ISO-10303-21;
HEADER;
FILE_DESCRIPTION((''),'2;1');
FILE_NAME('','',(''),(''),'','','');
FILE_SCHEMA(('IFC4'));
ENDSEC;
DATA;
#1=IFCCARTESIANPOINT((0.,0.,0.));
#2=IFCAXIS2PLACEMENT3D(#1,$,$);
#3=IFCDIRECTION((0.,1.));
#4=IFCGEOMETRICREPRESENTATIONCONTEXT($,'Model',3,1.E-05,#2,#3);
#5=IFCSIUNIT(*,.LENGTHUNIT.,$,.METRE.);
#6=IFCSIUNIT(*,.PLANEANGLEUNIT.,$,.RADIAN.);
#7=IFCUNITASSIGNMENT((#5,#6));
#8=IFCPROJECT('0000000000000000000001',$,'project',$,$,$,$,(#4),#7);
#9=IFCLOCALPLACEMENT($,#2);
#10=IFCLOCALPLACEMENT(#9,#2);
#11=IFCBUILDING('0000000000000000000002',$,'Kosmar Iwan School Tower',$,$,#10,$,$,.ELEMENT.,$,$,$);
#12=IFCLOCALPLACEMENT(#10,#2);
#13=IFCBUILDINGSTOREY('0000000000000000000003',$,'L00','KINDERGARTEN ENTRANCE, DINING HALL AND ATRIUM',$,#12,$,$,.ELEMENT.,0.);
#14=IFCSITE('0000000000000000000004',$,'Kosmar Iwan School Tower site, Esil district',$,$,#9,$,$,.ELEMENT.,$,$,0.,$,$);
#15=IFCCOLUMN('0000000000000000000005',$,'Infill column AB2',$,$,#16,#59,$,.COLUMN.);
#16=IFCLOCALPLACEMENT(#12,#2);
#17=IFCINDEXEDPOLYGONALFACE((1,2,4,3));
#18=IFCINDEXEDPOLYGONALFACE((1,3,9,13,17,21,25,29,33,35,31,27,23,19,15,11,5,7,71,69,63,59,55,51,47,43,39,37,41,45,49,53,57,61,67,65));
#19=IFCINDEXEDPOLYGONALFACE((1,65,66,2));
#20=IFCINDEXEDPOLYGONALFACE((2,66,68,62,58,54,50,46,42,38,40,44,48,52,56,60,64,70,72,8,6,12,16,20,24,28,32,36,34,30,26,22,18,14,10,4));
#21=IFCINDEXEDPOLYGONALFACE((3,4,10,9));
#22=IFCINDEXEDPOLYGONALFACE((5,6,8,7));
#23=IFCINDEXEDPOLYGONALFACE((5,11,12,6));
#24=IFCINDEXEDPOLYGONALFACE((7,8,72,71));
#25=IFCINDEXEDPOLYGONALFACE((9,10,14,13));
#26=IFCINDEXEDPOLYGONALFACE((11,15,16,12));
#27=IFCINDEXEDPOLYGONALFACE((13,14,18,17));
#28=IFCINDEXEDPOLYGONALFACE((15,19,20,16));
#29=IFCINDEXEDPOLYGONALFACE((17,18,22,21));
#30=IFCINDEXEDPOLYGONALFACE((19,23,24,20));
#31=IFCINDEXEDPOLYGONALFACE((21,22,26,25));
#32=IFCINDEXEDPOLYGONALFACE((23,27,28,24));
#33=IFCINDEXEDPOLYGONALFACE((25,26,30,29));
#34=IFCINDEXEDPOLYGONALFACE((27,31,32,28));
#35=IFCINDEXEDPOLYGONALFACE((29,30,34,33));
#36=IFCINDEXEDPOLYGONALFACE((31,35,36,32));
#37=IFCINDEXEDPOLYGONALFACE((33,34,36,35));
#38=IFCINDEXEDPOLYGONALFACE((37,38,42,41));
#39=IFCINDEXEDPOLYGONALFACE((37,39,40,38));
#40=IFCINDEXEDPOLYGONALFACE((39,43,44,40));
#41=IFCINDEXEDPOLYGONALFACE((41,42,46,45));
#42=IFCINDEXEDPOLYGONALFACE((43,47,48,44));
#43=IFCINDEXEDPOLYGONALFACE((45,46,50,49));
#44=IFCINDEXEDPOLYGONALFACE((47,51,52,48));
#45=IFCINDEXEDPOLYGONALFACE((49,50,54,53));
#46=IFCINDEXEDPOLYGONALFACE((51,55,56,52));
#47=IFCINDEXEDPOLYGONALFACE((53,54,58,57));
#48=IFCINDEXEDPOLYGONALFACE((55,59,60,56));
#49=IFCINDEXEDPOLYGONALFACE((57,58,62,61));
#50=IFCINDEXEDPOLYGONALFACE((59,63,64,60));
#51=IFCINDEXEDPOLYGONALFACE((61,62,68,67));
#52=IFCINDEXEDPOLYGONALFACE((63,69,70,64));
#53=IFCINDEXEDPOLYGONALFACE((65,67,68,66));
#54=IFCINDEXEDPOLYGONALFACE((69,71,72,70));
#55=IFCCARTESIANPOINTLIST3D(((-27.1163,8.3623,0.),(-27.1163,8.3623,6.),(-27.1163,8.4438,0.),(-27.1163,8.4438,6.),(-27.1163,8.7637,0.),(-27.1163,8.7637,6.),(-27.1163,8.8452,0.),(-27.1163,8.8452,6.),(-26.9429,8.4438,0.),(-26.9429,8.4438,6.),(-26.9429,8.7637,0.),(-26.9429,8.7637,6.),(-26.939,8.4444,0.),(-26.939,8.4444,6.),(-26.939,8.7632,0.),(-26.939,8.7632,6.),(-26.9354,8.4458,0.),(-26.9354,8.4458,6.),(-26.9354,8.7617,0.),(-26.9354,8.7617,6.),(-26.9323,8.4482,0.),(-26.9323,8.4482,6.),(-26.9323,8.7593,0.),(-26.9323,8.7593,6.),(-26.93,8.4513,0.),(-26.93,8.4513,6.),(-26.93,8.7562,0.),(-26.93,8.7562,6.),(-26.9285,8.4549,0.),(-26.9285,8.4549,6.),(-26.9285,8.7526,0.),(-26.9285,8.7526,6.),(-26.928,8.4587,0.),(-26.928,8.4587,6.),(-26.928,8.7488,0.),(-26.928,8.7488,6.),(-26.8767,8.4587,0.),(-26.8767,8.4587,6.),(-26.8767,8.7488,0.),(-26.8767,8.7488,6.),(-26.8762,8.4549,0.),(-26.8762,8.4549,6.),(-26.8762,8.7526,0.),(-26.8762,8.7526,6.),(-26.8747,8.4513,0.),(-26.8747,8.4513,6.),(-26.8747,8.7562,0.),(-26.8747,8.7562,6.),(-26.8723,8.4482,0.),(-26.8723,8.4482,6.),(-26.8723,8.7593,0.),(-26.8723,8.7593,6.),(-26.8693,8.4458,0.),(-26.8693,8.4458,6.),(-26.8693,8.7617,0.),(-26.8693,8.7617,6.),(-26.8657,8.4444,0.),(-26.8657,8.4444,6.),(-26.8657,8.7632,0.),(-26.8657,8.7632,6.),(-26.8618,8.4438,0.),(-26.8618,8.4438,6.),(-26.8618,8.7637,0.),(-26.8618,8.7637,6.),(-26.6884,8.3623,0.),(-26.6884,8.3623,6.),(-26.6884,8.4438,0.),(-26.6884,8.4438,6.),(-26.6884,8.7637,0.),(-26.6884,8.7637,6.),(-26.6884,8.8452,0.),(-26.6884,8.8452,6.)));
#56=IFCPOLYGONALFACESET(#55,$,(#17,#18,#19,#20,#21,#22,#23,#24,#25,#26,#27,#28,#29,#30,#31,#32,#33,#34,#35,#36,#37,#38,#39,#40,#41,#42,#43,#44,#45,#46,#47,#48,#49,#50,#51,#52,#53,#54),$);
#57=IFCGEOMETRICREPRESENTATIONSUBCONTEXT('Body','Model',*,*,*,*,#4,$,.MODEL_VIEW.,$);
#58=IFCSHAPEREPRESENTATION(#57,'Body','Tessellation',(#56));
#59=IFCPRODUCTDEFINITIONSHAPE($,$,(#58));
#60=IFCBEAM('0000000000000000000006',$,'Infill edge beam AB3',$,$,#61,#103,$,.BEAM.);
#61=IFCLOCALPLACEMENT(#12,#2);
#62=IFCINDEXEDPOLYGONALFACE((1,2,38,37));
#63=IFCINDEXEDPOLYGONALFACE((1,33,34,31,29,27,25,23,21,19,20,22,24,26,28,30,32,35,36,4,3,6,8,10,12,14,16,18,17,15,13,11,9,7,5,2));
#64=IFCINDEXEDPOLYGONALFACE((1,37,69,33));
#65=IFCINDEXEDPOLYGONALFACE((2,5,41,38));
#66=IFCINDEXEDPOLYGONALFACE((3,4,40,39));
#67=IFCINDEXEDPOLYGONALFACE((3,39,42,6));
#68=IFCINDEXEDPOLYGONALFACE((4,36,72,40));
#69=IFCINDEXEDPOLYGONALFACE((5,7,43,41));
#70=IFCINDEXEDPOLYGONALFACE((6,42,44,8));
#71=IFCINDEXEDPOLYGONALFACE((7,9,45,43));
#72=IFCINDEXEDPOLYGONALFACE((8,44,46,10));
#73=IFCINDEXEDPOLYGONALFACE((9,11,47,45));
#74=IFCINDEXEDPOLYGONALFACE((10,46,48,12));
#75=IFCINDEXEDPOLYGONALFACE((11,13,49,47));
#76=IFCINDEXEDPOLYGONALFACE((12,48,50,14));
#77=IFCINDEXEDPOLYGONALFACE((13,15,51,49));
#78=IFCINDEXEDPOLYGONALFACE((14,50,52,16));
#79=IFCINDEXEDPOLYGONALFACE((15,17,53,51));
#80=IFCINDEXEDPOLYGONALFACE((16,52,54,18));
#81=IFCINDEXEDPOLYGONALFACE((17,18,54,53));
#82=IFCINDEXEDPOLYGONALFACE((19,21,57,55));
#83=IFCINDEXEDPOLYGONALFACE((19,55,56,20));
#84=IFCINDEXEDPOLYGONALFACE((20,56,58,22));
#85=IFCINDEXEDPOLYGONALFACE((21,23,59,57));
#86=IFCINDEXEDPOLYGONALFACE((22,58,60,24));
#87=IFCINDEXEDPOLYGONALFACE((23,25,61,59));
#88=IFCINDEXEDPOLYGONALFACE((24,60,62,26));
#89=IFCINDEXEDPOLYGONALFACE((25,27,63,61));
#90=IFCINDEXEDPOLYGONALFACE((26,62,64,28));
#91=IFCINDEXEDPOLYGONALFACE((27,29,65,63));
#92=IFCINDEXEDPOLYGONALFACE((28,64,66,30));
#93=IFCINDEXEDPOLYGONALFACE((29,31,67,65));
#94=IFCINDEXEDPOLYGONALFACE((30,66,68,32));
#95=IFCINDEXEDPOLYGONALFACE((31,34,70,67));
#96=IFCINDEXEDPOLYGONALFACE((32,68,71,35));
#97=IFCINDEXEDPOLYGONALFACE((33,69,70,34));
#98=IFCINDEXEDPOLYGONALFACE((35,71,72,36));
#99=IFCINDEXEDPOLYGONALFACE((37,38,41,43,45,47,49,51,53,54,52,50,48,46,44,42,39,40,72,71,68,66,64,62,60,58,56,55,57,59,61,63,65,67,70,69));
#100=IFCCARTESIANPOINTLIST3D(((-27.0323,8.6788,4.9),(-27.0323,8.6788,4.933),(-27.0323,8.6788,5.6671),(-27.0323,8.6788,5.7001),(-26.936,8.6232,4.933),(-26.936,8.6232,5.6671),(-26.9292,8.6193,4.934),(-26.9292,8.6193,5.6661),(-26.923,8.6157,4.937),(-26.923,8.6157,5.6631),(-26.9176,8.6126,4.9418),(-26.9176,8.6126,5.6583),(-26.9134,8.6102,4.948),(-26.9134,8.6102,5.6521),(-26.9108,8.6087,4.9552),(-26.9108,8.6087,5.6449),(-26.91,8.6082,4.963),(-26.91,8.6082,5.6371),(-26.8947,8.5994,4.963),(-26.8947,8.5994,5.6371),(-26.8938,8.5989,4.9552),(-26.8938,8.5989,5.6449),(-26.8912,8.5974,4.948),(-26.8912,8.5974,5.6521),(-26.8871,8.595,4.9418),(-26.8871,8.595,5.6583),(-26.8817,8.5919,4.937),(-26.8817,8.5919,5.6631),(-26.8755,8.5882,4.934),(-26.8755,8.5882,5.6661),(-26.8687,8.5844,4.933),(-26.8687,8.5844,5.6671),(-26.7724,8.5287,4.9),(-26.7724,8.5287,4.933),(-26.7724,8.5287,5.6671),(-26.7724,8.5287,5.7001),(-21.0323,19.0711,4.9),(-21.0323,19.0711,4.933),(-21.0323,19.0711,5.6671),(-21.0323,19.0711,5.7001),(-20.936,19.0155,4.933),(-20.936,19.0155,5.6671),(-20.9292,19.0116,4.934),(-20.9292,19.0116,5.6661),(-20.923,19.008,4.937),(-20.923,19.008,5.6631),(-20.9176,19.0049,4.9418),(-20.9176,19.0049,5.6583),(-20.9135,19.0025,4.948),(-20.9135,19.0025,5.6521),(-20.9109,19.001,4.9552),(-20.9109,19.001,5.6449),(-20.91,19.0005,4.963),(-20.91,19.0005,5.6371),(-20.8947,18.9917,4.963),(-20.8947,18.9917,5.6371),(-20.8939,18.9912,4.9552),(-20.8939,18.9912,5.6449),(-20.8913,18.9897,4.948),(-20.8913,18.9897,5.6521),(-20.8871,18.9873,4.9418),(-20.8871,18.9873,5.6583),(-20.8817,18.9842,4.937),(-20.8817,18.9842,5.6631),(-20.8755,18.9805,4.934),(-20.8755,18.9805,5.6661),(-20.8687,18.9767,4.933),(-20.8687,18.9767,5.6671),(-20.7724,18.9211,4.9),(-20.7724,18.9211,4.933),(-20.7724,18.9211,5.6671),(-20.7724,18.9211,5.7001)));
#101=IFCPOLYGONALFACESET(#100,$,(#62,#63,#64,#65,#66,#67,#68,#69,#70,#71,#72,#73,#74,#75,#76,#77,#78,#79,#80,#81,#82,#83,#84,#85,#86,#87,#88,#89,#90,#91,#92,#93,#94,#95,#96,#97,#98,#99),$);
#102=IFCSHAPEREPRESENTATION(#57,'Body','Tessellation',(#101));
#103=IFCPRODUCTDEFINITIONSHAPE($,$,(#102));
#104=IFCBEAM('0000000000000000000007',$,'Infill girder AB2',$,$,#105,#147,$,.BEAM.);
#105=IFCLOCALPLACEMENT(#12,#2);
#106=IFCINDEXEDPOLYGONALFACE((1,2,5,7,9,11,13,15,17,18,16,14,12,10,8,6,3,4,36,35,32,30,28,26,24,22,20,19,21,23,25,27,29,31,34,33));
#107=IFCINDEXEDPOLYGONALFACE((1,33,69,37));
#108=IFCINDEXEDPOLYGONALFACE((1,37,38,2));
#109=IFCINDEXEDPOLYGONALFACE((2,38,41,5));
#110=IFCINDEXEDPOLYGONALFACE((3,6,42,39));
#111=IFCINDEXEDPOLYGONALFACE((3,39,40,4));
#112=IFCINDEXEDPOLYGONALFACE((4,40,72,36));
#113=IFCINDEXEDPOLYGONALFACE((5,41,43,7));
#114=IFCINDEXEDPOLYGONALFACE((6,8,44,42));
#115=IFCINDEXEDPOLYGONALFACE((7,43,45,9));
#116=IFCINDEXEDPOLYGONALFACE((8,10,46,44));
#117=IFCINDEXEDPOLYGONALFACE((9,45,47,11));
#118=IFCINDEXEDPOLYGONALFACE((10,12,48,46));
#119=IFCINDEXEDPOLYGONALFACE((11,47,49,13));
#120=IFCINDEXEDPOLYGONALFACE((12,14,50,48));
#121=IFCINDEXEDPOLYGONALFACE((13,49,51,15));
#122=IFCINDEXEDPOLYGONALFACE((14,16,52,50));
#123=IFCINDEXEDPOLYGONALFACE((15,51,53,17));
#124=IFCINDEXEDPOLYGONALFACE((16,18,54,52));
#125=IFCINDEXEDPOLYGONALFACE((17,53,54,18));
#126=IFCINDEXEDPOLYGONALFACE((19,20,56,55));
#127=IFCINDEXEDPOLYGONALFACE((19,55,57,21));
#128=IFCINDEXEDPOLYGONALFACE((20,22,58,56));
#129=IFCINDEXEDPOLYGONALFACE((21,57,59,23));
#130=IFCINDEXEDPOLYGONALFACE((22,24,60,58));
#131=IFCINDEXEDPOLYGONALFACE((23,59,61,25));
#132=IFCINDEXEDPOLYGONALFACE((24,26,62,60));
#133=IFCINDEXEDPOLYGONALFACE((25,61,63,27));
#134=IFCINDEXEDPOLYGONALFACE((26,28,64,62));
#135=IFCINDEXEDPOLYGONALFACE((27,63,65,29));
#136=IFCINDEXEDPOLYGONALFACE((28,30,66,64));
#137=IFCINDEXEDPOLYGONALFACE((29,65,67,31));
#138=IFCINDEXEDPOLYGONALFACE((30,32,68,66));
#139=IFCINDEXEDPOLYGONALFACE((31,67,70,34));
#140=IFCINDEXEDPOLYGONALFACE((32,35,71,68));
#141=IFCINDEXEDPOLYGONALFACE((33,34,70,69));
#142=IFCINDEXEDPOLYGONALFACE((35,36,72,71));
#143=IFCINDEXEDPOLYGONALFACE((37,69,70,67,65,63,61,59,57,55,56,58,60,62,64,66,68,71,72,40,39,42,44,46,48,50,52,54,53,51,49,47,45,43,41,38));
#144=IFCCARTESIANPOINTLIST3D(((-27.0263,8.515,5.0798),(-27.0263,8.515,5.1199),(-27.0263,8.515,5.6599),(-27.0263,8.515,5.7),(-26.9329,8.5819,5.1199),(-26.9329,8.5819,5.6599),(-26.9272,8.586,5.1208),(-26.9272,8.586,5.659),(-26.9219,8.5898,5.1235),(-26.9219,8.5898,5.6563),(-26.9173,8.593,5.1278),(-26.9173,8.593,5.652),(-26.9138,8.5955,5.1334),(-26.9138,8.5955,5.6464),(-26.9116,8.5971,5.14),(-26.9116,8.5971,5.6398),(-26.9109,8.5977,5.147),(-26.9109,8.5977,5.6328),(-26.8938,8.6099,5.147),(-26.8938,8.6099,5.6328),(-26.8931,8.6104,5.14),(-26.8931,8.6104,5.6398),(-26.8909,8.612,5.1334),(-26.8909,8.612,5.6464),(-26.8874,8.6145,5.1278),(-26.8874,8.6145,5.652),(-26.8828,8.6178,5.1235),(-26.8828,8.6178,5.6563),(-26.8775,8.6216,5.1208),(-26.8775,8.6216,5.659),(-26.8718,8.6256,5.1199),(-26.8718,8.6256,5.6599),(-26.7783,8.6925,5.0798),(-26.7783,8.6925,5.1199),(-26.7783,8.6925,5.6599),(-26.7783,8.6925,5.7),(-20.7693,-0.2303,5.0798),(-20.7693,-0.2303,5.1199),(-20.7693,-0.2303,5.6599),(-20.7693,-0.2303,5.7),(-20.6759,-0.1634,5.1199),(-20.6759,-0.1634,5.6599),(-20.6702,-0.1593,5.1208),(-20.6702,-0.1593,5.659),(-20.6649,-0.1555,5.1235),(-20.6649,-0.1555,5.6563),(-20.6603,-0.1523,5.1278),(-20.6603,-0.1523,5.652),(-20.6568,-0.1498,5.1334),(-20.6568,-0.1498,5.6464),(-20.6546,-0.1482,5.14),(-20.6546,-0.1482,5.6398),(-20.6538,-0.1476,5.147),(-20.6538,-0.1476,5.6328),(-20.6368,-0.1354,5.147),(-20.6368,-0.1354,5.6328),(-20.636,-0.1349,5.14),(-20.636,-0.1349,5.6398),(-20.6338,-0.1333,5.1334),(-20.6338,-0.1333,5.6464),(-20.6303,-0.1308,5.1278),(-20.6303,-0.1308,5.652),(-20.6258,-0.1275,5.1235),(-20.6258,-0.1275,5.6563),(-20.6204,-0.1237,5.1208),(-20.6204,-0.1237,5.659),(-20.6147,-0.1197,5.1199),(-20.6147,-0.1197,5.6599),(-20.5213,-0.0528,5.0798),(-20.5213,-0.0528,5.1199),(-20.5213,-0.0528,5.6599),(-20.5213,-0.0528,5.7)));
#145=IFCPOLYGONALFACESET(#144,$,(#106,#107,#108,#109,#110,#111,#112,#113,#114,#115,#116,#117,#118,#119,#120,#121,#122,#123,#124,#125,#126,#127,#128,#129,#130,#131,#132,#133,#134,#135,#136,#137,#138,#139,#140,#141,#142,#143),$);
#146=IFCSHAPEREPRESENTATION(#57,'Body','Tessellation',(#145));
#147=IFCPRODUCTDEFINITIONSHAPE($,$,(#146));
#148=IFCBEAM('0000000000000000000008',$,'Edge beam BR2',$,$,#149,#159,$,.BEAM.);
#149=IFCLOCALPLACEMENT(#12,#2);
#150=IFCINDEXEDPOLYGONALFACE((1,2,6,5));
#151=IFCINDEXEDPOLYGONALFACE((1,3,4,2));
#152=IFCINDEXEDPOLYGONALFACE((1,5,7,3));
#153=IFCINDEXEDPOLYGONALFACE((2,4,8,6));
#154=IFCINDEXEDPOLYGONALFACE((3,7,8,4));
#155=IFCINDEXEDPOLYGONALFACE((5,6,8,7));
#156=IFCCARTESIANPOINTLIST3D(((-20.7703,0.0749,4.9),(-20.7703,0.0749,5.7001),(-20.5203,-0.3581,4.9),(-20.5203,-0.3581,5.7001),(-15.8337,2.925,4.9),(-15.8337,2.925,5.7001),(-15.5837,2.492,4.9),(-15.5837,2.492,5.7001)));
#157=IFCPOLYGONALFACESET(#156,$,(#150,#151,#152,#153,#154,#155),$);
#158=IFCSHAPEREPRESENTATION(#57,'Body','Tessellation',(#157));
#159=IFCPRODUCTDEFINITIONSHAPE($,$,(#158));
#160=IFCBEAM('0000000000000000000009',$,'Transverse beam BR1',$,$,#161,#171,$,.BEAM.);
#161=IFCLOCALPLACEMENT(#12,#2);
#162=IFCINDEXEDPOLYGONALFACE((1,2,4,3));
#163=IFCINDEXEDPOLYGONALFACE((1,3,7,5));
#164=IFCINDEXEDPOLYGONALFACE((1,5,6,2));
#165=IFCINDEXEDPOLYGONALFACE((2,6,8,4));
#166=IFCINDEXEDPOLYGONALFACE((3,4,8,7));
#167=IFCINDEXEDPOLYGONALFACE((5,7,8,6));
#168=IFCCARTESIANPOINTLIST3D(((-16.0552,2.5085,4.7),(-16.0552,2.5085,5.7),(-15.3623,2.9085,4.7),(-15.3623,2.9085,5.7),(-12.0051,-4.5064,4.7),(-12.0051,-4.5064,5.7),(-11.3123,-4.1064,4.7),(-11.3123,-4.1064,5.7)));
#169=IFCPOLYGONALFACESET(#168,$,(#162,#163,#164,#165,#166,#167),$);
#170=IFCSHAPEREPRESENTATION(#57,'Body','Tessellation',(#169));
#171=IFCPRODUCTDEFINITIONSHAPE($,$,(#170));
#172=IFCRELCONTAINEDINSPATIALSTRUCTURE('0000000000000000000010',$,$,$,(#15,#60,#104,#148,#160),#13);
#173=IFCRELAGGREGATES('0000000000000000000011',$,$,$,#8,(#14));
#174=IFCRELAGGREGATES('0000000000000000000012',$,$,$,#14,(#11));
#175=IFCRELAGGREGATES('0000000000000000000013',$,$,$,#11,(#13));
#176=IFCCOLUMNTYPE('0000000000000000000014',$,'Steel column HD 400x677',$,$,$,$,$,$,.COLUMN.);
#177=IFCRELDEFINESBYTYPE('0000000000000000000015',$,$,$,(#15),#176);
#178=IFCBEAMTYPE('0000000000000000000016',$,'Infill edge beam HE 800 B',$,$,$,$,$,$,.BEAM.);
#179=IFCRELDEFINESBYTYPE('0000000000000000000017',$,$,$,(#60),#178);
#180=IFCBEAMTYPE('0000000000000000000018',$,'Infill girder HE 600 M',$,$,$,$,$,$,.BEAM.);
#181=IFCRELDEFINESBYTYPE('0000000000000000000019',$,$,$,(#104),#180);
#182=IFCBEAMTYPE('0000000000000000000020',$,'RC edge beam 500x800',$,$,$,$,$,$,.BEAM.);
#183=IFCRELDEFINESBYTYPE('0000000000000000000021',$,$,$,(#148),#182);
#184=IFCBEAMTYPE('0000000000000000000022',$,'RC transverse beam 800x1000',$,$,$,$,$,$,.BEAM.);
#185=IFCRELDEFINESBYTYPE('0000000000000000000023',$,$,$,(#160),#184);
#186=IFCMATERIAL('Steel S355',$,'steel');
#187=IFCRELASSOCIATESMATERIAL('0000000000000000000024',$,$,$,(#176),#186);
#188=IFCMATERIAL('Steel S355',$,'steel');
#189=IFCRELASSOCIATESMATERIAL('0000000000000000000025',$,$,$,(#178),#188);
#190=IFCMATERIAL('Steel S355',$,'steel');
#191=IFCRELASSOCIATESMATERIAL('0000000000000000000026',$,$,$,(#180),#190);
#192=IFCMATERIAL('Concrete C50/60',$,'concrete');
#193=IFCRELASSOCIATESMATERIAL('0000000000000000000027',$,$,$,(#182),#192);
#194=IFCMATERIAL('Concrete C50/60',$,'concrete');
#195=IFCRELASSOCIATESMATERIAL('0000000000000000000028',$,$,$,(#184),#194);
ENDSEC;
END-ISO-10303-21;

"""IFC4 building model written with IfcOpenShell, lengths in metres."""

from ifc_helpers import new_model, si_unit, direction, frame, origin, origin_2d, place, context, subcontext, project, spatial, rectangle, i_section, extrude, material, material_profile, profile_set, type_object, element, save


model = new_model("IFC4")

# Units and contexts
model_context = context("Model", 3, precision=1e-05, world=origin(), true_north=direction((0.0, 1.0)))
body_context = subcontext(model_context, "Body", "Model", "MODEL_VIEW")
ifc_project = project(units=[si_unit("LENGTHUNIT", "METRE"), si_unit("PLANEANGLEUNIT", "RADIAN")], contexts=[model_context])

# Site, building, storey
site_placement = place(None, origin())
site = spatial("IfcSite", under=ifc_project, at=site_placement, Name="Kosmar Iwan School Tower site, Esil district", CompositionType="ELEMENT", RefElevation=0.0)
building_placement = place(site_placement, origin())
building = spatial("IfcBuilding", under=site, at=building_placement, Name="Kosmar Iwan School Tower", CompositionType="ELEMENT")
storey_placement = place(building_placement, origin())
storey = spatial("IfcBuildingStorey", under=building, at=storey_placement, Name="L00", Description="KINDERGARTEN ENTRANCE, DINING HALL AND ATRIUM", CompositionType="ELEMENT", Elevation=0.0)

# Column
ifc_material_1 = material(Name="Steel S355", Category="steel")
ifc_material_profile_1 = material_profile(ifc_material_1, i_section(OverallWidth=0.428, OverallDepth=0.4829, WebThickness=0.0513, FlangeThickness=0.0815, FilletRadius=0.0149, at=origin_2d()), Name="HD 400x677")
ifc_profile_set_1 = profile_set([ifc_material_profile_1], Name="Steel S355")
column_type_1 = type_object("IfcColumnType", Name="Steel column HD 400x677", PredefinedType="COLUMN", material=ifc_profile_set_1)
column_1_placement = place(storey_placement, frame((-26.9023, 8.6038, 0.0), z_axis=(0.0, 0.0, 1.0), x_axis=(1.0, 0.0, 0.0)))
element("IfcColumn", 1, at=column_1_placement, inside=storey, type_object=column_type_1, Name="Infill column AB2", PredefinedType="COLUMN", context=body_context, shape_type="SweptSolid", body=[
    extrude(i_section(OverallWidth=0.428, OverallDepth=0.4829, WebThickness=0.0513, FlangeThickness=0.0815, FilletRadius=0.0149, at=origin_2d()), origin(), (0.0, 0.0, 1.0), 6.0),
])

# Beams
ifc_material_2 = material(Name="Steel S355", Category="steel")
ifc_material_profile_2 = material_profile(ifc_material_2, i_section(OverallWidth=0.3, OverallDepth=0.8, WebThickness=0.0176, FlangeThickness=0.033, FilletRadius=0.03, at=origin_2d()), Name="HE 800 B")
ifc_profile_set_2 = profile_set([ifc_material_profile_2], Name="Steel S355")
beam_type_1 = type_object("IfcBeamType", Name="Infill edge beam HE 800 B", PredefinedType="BEAM", material=ifc_profile_set_2)
beam_1_placement = place(storey_placement, frame((-26.9023, 8.6038, 5.3), z_axis=(0.499999, 0.866026, 0.0), x_axis=(-0.866026, 0.499999, 0.0)))
element("IfcBeam", 2, at=beam_1_placement, inside=storey, type_object=beam_type_1, Name="Infill edge beam AB3", PredefinedType="BEAM", context=body_context, shape_type="SweptSolid", body=[
    extrude(i_section(OverallWidth=0.3, OverallDepth=0.8, WebThickness=0.0176, FlangeThickness=0.033, FilletRadius=0.03, at=origin_2d()), origin(), (0.0, 0.0, 1.0), 12.0),
])
ifc_material_3 = material(Name="Steel S355", Category="steel")
ifc_material_profile_3 = material_profile(ifc_material_3, i_section(OverallWidth=0.3049, OverallDepth=0.6201, WebThickness=0.021, FlangeThickness=0.04, FilletRadius=0.0271, at=origin_2d()), Name="HE 600 M")
ifc_profile_set_3 = profile_set([ifc_material_profile_3], Name="Steel S355")
beam_type_2 = type_object("IfcBeamType", Name="Infill girder HE 600 M", PredefinedType="BEAM", material=ifc_profile_set_3)
beam_2_placement = place(storey_placement, frame((-26.9023, 8.6038, 5.3899), z_axis=(0.581878, -0.813276, 0.0), x_axis=(0.813276, 0.581878, 0.0)))
element("IfcBeam", 3, at=beam_2_placement, inside=storey, type_object=beam_type_2, Name="Infill girder AB2", PredefinedType="BEAM", context=body_context, shape_type="SweptSolid", body=[
    extrude(i_section(OverallWidth=0.3049, OverallDepth=0.6201, WebThickness=0.021, FlangeThickness=0.04, FilletRadius=0.0271, at=origin_2d()), origin(), (0.0, 0.0, 1.0), 10.7532),
])
ifc_material_4 = material(Name="Concrete C50/60", Category="concrete")
ifc_material_profile_4 = material_profile(ifc_material_4, rectangle(XDim=0.5, YDim=0.8, at=origin_2d()), Name="RC 500x800")
ifc_profile_set_4 = profile_set([ifc_material_profile_4], Name="Concrete C50/60")
beam_type_3 = type_object("IfcBeamType", Name="RC edge beam 500x800", PredefinedType="BEAM", material=ifc_profile_set_4)
beam_3_placement = place(storey_placement, frame((-15.7087, 2.7085, 5.3), z_axis=(-0.866026, -0.499999, 0.0), x_axis=(0.499999, -0.866026, 0.0)))
element("IfcBeam", 4, at=beam_3_placement, inside=storey, type_object=beam_type_3, Name="Edge beam BR2", PredefinedType="BEAM", context=body_context, shape_type="SweptSolid", body=[
    extrude(rectangle(XDim=0.5, YDim=0.8, at=origin_2d()), origin(), (0.0, 0.0, 1.0), 5.7002),
])
ifc_material_5 = material(Name="Concrete C50/60", Category="concrete")
ifc_material_profile_5 = material_profile(ifc_material_5, rectangle(XDim=0.8, YDim=1.0, at=origin_2d()), Name="RC 800x1000")
ifc_profile_set_5 = profile_set([ifc_material_profile_5], Name="Concrete C50/60")
beam_type_4 = type_object("IfcBeamType", Name="RC transverse beam 800x1000", PredefinedType="BEAM", material=ifc_profile_set_5)
beam_4_placement = place(storey_placement, frame((-15.7087, 2.7085, 5.2), z_axis=(0.5, -0.866025, 0.0), x_axis=(0.866025, 0.5, 0.0)))
element("IfcBeam", 5, at=beam_4_placement, inside=storey, type_object=beam_type_4, Name="Transverse beam BR1", PredefinedType="BEAM", context=body_context, shape_type="SweptSolid", body=[
    extrude(rectangle(XDim=0.8, YDim=1.0, at=origin_2d()), origin(), (0.0, 0.0, 1.0), 8.1001),
])

save(model, "model.ifc")
